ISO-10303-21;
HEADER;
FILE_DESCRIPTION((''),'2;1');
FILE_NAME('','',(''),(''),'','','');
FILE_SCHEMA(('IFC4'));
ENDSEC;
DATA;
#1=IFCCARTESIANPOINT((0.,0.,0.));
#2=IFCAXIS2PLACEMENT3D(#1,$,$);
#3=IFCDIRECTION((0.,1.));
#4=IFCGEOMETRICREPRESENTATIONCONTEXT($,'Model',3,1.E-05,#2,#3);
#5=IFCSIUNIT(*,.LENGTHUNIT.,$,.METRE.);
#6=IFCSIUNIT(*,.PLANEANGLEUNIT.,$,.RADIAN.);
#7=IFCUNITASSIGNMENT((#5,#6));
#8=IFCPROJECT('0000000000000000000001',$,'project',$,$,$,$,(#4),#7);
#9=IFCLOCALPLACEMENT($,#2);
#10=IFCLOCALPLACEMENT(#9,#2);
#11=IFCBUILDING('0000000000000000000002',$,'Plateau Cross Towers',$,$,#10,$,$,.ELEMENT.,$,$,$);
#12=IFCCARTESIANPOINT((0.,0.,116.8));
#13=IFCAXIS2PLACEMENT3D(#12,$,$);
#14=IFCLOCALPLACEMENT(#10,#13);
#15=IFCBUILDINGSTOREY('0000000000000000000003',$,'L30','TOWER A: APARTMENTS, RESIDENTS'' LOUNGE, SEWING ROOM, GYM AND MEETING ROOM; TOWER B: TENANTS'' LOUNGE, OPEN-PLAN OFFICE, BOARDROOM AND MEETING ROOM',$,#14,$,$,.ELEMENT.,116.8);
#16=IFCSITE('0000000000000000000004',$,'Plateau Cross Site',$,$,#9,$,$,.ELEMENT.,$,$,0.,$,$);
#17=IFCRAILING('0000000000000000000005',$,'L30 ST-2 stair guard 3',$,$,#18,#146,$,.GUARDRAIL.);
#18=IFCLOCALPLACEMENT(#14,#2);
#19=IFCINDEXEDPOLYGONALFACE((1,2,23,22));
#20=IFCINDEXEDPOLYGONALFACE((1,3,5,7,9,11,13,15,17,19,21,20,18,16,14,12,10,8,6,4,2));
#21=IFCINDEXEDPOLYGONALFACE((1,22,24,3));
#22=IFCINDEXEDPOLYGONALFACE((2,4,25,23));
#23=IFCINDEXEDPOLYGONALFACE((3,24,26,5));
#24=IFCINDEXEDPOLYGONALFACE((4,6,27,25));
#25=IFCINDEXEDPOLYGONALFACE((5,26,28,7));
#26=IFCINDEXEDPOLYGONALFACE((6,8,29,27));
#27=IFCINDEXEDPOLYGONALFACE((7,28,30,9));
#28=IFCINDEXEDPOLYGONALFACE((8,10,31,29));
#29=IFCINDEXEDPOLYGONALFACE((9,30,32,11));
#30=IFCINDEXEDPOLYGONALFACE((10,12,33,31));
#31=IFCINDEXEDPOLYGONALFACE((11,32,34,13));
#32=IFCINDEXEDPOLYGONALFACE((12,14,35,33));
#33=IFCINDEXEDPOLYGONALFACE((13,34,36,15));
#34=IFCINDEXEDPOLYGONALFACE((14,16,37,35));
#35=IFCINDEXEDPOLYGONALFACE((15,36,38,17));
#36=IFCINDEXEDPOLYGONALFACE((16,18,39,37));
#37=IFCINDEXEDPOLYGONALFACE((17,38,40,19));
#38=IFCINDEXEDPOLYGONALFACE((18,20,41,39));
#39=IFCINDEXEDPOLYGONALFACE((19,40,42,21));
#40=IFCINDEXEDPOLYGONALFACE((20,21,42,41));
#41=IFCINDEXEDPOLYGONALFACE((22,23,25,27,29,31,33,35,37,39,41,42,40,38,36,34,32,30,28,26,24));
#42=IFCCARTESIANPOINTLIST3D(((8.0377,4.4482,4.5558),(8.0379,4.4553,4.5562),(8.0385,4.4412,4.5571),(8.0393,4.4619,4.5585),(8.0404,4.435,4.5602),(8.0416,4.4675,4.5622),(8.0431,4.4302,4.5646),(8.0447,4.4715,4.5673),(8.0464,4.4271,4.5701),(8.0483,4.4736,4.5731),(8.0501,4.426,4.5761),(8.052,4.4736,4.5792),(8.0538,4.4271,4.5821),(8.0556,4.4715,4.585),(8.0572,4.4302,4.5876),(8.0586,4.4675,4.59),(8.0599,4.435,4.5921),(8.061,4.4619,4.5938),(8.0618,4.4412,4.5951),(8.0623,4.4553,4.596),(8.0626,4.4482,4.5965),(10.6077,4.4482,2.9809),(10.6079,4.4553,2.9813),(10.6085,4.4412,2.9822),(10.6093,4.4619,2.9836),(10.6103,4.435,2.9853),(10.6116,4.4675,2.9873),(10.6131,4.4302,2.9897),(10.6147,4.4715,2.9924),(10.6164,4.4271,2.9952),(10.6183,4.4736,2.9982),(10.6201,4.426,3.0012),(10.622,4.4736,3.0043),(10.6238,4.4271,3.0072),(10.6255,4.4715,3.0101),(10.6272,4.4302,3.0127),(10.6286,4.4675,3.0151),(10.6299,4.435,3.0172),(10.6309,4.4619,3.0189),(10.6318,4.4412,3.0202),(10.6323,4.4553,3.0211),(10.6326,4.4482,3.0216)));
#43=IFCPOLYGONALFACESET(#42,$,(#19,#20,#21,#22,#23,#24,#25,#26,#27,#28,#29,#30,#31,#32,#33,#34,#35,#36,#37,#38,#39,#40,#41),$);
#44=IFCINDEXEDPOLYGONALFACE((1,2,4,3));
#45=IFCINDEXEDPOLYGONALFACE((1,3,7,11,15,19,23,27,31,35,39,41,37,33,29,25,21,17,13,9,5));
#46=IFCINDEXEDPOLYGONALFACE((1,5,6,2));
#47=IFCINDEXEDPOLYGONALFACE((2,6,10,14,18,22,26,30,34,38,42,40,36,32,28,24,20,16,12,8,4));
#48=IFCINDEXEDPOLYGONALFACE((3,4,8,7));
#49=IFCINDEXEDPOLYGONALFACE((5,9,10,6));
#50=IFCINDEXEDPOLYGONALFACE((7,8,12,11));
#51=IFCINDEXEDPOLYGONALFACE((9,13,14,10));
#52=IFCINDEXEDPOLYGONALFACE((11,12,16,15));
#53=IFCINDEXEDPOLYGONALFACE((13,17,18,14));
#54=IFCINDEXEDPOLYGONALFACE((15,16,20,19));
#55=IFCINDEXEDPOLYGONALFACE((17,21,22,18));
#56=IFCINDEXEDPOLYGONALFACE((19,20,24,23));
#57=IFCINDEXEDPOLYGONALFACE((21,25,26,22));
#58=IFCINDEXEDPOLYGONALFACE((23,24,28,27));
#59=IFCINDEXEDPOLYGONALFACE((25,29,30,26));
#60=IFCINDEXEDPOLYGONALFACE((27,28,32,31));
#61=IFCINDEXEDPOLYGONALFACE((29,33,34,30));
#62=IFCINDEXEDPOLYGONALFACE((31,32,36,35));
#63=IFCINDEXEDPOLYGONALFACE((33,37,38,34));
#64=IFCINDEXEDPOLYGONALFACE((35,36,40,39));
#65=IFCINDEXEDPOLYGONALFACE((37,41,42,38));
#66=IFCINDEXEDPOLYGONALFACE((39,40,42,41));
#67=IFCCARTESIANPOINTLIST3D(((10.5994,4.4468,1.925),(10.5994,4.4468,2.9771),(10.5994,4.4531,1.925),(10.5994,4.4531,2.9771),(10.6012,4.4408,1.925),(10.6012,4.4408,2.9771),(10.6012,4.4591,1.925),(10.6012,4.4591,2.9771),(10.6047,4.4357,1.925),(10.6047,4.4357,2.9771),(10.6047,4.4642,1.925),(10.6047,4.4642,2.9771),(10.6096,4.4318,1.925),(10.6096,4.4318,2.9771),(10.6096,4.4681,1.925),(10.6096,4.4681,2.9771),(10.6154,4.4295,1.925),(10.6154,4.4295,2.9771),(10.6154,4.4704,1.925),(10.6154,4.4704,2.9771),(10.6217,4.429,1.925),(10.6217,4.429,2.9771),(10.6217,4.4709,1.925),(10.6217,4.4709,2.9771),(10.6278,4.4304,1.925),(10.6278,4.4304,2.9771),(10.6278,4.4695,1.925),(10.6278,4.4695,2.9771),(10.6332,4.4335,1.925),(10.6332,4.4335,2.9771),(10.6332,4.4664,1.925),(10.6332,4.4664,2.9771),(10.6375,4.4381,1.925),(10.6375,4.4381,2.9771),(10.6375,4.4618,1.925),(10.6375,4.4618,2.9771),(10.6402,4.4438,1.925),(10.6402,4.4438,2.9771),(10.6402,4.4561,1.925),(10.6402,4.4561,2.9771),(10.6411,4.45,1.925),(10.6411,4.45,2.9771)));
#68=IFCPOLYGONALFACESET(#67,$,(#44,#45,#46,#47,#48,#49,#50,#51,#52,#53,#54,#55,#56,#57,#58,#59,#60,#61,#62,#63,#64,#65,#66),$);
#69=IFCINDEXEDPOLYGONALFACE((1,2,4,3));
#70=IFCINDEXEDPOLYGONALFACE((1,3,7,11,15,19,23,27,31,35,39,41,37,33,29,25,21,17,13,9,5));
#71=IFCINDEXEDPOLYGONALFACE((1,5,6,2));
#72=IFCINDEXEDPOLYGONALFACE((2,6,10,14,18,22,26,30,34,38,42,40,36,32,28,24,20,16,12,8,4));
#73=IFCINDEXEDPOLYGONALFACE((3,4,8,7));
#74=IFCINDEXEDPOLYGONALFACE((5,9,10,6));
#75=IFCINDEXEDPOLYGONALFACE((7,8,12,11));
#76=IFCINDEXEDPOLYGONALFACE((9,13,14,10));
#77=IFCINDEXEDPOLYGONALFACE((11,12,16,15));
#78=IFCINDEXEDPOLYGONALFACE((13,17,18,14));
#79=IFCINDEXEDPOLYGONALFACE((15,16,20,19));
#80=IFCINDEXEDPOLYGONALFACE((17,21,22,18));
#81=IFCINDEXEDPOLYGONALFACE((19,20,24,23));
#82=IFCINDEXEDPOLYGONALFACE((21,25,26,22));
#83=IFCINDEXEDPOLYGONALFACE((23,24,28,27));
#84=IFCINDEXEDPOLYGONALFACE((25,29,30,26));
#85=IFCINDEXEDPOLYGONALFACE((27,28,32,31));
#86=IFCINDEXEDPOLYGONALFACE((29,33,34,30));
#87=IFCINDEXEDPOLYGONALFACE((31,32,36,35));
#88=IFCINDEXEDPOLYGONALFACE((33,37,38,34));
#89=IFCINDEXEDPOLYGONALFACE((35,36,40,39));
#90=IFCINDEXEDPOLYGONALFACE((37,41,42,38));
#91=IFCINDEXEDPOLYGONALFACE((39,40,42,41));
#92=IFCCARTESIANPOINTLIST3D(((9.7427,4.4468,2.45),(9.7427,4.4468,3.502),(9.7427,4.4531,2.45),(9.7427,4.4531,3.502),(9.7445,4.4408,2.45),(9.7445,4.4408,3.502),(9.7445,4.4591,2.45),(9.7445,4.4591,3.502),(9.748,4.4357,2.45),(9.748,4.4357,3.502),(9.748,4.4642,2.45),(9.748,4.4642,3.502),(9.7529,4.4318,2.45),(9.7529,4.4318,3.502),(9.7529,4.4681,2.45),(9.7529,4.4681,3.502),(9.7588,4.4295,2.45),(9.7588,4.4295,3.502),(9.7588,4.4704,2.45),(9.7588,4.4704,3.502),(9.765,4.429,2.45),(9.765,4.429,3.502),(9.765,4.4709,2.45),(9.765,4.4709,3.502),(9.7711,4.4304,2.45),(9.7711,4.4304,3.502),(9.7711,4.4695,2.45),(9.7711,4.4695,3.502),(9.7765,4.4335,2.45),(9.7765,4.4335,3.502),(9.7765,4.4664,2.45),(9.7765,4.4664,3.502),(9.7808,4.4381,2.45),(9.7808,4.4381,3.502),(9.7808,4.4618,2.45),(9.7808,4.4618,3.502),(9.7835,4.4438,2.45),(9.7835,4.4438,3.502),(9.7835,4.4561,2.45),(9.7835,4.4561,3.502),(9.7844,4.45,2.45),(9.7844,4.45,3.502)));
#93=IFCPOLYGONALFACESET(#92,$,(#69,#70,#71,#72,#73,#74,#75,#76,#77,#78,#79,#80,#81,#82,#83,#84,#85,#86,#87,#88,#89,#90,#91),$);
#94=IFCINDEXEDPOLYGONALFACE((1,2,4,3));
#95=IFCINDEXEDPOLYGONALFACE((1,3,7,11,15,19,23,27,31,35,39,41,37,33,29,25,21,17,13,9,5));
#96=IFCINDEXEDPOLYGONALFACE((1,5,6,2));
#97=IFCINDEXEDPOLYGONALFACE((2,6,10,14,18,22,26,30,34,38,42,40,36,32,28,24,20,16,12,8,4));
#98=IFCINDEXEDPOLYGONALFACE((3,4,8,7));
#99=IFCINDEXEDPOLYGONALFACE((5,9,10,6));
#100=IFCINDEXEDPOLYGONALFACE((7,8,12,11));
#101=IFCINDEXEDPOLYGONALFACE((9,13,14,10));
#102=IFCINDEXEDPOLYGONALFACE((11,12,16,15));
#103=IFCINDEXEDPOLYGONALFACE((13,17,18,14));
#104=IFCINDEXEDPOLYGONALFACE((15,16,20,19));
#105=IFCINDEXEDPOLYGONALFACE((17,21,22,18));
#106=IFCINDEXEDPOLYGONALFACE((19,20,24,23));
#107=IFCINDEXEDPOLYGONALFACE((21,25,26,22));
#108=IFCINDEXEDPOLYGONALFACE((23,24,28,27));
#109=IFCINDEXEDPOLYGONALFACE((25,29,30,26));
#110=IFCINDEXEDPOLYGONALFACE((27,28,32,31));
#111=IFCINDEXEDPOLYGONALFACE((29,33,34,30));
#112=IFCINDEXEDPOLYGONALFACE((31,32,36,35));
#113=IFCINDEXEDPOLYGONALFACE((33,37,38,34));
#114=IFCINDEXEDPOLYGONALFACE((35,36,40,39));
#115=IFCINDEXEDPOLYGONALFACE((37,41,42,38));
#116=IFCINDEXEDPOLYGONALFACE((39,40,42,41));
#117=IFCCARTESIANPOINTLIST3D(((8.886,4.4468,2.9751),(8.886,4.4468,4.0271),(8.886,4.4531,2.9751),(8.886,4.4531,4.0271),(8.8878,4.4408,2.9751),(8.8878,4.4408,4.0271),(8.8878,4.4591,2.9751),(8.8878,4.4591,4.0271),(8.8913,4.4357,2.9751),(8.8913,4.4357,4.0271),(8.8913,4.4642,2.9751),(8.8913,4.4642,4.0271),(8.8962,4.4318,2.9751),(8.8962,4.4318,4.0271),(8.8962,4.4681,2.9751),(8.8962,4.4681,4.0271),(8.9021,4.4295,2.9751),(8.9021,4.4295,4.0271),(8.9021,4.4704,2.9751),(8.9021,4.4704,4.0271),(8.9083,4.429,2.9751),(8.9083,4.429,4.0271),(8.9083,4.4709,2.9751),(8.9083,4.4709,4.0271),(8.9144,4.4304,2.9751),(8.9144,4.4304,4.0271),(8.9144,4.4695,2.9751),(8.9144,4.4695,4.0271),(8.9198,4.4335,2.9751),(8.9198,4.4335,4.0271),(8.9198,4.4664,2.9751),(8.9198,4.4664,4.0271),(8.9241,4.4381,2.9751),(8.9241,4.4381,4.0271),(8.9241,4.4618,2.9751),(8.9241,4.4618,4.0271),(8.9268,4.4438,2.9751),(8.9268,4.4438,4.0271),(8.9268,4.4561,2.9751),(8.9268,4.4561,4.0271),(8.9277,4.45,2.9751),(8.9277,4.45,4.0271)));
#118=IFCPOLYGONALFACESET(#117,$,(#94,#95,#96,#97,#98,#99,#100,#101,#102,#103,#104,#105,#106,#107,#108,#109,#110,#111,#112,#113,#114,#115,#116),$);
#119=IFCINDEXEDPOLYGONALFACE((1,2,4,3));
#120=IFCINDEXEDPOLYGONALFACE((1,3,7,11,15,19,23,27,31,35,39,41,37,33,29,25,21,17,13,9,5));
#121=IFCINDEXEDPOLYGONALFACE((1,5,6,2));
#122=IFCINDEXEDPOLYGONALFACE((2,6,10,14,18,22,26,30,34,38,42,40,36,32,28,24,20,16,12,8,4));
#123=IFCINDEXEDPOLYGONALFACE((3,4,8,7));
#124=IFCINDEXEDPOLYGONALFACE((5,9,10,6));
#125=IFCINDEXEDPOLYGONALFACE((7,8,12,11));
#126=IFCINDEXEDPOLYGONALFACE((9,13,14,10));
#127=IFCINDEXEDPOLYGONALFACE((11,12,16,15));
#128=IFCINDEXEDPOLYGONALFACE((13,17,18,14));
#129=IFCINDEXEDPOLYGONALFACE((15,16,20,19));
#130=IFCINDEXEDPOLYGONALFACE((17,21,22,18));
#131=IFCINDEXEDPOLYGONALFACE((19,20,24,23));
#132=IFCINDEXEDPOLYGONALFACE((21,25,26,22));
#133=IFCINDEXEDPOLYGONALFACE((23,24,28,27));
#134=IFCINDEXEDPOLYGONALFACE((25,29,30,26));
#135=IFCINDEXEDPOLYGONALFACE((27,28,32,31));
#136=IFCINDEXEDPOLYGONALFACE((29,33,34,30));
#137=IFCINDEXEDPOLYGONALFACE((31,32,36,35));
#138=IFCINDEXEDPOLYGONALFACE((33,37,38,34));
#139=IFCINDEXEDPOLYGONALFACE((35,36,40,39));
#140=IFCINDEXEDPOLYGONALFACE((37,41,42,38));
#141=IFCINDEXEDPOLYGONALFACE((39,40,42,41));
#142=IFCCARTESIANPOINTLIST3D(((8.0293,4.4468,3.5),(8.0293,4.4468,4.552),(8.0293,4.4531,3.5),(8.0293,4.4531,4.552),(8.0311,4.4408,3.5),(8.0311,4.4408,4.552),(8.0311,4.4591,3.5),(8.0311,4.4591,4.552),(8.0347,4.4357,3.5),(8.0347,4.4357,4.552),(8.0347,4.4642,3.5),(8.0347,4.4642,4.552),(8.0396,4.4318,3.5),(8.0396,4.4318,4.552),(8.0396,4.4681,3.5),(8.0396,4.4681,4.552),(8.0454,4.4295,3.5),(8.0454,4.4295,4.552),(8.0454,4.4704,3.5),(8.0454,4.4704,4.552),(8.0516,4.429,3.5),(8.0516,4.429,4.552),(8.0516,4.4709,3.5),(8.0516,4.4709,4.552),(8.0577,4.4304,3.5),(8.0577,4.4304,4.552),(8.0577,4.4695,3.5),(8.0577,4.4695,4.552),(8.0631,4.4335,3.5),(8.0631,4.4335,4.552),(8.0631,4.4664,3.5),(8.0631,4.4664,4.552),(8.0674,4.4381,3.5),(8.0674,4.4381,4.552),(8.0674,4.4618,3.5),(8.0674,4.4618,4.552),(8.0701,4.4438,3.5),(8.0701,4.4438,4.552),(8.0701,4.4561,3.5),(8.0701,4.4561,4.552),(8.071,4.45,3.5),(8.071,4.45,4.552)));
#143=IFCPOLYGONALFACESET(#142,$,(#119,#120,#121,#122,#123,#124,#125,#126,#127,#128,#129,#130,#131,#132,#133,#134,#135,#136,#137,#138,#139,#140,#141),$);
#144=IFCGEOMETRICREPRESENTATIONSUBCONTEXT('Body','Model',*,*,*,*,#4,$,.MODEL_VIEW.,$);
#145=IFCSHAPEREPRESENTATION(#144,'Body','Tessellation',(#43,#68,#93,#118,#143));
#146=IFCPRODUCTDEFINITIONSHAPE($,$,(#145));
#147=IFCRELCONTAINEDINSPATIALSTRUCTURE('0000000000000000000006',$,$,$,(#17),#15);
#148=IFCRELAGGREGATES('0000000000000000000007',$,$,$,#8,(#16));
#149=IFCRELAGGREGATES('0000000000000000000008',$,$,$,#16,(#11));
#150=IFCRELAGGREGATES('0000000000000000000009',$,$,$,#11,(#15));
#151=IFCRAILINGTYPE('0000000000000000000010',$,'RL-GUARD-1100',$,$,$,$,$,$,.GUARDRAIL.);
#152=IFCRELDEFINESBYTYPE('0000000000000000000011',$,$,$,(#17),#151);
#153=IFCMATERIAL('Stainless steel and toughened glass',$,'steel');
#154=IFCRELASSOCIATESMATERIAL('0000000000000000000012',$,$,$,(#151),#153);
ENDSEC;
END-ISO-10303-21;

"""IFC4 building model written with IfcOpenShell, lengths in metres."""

from ifc_helpers import new_model, si_unit, direction, frame, origin, origin_2d, place, context, subcontext, project, spatial, circle, extrude, material, type_object, element, save


model = new_model("IFC4")

# Units and contexts
model_context = context("Model", 3, precision=1e-05, world=origin(), true_north=direction((0.0, 1.0)))
body_context = subcontext(model_context, "Body", "Model", "MODEL_VIEW")
ifc_project = project(units=[si_unit("LENGTHUNIT", "METRE"), si_unit("PLANEANGLEUNIT", "RADIAN")], contexts=[model_context])

# Site, building, storey
site_placement = place(None, origin())
site = spatial("IfcSite", under=ifc_project, at=site_placement, Name="Plateau Cross Site", CompositionType="ELEMENT", RefElevation=0.0)
building_placement = place(site_placement, origin())
building = spatial("IfcBuilding", under=site, at=building_placement, Name="Plateau Cross Towers", CompositionType="ELEMENT")
storey_placement = place(building_placement, frame((0.0, 0.0, 116.8)))
storey = spatial("IfcBuildingStorey", under=building, at=storey_placement, Name="L30", Description="TOWER A: APARTMENTS, RESIDENTS' LOUNGE, SEWING ROOM, GYM AND MEETING ROOM; TOWER B: TENANTS' LOUNGE, OPEN-PLAN OFFICE, BOARDROOM AND MEETING ROOM", CompositionType="ELEMENT", Elevation=116.8)

# Railing
ifc_material_1 = material(Name="Stainless steel and toughened glass", Category="steel")
railing_type_1 = type_object("IfcRailingType", Name="RL-GUARD-1100", PredefinedType="GUARDRAIL", material=ifc_material_1)
railing_1_placement = place(storey_placement, frame((10.6201, 4.45, 1.925)))
element("IfcRailing", 1, at=railing_1_placement, inside=storey, type_object=railing_type_1, Name="L30 ST-2 stair guard 3", PredefinedType="GUARDRAIL", context=body_context, shape_type="SweptSolid", body=[
    extrude(circle(Radius=0.0239, at=origin_2d()), frame((0.0, 0.0, 1.0762), z_axis=(-0.852639, 0.0, 0.522501), x_axis=(0.0, -1.0, 0.0)), (0.0, 0.0, 1.0), 3.0142),
    extrude(circle(Radius=0.021, at=origin_2d()), origin(), (0.0, 0.0, 1.0), 1.052),
    extrude(circle(Radius=0.021, at=origin_2d()), frame((-0.8567, 0.0, 0.5249)), (0.0, 0.0, 1.0), 1.052),
    extrude(circle(Radius=0.021, at=origin_2d()), frame((-1.7134, 0.0, 1.05)), (0.0, 0.0, 1.0), 1.052),
    extrude(circle(Radius=0.021, at=origin_2d()), frame((-2.5701, 0.0, 1.575)), (0.0, 0.0, 1.0), 1.052),
])

save(model, "model.ifc")
